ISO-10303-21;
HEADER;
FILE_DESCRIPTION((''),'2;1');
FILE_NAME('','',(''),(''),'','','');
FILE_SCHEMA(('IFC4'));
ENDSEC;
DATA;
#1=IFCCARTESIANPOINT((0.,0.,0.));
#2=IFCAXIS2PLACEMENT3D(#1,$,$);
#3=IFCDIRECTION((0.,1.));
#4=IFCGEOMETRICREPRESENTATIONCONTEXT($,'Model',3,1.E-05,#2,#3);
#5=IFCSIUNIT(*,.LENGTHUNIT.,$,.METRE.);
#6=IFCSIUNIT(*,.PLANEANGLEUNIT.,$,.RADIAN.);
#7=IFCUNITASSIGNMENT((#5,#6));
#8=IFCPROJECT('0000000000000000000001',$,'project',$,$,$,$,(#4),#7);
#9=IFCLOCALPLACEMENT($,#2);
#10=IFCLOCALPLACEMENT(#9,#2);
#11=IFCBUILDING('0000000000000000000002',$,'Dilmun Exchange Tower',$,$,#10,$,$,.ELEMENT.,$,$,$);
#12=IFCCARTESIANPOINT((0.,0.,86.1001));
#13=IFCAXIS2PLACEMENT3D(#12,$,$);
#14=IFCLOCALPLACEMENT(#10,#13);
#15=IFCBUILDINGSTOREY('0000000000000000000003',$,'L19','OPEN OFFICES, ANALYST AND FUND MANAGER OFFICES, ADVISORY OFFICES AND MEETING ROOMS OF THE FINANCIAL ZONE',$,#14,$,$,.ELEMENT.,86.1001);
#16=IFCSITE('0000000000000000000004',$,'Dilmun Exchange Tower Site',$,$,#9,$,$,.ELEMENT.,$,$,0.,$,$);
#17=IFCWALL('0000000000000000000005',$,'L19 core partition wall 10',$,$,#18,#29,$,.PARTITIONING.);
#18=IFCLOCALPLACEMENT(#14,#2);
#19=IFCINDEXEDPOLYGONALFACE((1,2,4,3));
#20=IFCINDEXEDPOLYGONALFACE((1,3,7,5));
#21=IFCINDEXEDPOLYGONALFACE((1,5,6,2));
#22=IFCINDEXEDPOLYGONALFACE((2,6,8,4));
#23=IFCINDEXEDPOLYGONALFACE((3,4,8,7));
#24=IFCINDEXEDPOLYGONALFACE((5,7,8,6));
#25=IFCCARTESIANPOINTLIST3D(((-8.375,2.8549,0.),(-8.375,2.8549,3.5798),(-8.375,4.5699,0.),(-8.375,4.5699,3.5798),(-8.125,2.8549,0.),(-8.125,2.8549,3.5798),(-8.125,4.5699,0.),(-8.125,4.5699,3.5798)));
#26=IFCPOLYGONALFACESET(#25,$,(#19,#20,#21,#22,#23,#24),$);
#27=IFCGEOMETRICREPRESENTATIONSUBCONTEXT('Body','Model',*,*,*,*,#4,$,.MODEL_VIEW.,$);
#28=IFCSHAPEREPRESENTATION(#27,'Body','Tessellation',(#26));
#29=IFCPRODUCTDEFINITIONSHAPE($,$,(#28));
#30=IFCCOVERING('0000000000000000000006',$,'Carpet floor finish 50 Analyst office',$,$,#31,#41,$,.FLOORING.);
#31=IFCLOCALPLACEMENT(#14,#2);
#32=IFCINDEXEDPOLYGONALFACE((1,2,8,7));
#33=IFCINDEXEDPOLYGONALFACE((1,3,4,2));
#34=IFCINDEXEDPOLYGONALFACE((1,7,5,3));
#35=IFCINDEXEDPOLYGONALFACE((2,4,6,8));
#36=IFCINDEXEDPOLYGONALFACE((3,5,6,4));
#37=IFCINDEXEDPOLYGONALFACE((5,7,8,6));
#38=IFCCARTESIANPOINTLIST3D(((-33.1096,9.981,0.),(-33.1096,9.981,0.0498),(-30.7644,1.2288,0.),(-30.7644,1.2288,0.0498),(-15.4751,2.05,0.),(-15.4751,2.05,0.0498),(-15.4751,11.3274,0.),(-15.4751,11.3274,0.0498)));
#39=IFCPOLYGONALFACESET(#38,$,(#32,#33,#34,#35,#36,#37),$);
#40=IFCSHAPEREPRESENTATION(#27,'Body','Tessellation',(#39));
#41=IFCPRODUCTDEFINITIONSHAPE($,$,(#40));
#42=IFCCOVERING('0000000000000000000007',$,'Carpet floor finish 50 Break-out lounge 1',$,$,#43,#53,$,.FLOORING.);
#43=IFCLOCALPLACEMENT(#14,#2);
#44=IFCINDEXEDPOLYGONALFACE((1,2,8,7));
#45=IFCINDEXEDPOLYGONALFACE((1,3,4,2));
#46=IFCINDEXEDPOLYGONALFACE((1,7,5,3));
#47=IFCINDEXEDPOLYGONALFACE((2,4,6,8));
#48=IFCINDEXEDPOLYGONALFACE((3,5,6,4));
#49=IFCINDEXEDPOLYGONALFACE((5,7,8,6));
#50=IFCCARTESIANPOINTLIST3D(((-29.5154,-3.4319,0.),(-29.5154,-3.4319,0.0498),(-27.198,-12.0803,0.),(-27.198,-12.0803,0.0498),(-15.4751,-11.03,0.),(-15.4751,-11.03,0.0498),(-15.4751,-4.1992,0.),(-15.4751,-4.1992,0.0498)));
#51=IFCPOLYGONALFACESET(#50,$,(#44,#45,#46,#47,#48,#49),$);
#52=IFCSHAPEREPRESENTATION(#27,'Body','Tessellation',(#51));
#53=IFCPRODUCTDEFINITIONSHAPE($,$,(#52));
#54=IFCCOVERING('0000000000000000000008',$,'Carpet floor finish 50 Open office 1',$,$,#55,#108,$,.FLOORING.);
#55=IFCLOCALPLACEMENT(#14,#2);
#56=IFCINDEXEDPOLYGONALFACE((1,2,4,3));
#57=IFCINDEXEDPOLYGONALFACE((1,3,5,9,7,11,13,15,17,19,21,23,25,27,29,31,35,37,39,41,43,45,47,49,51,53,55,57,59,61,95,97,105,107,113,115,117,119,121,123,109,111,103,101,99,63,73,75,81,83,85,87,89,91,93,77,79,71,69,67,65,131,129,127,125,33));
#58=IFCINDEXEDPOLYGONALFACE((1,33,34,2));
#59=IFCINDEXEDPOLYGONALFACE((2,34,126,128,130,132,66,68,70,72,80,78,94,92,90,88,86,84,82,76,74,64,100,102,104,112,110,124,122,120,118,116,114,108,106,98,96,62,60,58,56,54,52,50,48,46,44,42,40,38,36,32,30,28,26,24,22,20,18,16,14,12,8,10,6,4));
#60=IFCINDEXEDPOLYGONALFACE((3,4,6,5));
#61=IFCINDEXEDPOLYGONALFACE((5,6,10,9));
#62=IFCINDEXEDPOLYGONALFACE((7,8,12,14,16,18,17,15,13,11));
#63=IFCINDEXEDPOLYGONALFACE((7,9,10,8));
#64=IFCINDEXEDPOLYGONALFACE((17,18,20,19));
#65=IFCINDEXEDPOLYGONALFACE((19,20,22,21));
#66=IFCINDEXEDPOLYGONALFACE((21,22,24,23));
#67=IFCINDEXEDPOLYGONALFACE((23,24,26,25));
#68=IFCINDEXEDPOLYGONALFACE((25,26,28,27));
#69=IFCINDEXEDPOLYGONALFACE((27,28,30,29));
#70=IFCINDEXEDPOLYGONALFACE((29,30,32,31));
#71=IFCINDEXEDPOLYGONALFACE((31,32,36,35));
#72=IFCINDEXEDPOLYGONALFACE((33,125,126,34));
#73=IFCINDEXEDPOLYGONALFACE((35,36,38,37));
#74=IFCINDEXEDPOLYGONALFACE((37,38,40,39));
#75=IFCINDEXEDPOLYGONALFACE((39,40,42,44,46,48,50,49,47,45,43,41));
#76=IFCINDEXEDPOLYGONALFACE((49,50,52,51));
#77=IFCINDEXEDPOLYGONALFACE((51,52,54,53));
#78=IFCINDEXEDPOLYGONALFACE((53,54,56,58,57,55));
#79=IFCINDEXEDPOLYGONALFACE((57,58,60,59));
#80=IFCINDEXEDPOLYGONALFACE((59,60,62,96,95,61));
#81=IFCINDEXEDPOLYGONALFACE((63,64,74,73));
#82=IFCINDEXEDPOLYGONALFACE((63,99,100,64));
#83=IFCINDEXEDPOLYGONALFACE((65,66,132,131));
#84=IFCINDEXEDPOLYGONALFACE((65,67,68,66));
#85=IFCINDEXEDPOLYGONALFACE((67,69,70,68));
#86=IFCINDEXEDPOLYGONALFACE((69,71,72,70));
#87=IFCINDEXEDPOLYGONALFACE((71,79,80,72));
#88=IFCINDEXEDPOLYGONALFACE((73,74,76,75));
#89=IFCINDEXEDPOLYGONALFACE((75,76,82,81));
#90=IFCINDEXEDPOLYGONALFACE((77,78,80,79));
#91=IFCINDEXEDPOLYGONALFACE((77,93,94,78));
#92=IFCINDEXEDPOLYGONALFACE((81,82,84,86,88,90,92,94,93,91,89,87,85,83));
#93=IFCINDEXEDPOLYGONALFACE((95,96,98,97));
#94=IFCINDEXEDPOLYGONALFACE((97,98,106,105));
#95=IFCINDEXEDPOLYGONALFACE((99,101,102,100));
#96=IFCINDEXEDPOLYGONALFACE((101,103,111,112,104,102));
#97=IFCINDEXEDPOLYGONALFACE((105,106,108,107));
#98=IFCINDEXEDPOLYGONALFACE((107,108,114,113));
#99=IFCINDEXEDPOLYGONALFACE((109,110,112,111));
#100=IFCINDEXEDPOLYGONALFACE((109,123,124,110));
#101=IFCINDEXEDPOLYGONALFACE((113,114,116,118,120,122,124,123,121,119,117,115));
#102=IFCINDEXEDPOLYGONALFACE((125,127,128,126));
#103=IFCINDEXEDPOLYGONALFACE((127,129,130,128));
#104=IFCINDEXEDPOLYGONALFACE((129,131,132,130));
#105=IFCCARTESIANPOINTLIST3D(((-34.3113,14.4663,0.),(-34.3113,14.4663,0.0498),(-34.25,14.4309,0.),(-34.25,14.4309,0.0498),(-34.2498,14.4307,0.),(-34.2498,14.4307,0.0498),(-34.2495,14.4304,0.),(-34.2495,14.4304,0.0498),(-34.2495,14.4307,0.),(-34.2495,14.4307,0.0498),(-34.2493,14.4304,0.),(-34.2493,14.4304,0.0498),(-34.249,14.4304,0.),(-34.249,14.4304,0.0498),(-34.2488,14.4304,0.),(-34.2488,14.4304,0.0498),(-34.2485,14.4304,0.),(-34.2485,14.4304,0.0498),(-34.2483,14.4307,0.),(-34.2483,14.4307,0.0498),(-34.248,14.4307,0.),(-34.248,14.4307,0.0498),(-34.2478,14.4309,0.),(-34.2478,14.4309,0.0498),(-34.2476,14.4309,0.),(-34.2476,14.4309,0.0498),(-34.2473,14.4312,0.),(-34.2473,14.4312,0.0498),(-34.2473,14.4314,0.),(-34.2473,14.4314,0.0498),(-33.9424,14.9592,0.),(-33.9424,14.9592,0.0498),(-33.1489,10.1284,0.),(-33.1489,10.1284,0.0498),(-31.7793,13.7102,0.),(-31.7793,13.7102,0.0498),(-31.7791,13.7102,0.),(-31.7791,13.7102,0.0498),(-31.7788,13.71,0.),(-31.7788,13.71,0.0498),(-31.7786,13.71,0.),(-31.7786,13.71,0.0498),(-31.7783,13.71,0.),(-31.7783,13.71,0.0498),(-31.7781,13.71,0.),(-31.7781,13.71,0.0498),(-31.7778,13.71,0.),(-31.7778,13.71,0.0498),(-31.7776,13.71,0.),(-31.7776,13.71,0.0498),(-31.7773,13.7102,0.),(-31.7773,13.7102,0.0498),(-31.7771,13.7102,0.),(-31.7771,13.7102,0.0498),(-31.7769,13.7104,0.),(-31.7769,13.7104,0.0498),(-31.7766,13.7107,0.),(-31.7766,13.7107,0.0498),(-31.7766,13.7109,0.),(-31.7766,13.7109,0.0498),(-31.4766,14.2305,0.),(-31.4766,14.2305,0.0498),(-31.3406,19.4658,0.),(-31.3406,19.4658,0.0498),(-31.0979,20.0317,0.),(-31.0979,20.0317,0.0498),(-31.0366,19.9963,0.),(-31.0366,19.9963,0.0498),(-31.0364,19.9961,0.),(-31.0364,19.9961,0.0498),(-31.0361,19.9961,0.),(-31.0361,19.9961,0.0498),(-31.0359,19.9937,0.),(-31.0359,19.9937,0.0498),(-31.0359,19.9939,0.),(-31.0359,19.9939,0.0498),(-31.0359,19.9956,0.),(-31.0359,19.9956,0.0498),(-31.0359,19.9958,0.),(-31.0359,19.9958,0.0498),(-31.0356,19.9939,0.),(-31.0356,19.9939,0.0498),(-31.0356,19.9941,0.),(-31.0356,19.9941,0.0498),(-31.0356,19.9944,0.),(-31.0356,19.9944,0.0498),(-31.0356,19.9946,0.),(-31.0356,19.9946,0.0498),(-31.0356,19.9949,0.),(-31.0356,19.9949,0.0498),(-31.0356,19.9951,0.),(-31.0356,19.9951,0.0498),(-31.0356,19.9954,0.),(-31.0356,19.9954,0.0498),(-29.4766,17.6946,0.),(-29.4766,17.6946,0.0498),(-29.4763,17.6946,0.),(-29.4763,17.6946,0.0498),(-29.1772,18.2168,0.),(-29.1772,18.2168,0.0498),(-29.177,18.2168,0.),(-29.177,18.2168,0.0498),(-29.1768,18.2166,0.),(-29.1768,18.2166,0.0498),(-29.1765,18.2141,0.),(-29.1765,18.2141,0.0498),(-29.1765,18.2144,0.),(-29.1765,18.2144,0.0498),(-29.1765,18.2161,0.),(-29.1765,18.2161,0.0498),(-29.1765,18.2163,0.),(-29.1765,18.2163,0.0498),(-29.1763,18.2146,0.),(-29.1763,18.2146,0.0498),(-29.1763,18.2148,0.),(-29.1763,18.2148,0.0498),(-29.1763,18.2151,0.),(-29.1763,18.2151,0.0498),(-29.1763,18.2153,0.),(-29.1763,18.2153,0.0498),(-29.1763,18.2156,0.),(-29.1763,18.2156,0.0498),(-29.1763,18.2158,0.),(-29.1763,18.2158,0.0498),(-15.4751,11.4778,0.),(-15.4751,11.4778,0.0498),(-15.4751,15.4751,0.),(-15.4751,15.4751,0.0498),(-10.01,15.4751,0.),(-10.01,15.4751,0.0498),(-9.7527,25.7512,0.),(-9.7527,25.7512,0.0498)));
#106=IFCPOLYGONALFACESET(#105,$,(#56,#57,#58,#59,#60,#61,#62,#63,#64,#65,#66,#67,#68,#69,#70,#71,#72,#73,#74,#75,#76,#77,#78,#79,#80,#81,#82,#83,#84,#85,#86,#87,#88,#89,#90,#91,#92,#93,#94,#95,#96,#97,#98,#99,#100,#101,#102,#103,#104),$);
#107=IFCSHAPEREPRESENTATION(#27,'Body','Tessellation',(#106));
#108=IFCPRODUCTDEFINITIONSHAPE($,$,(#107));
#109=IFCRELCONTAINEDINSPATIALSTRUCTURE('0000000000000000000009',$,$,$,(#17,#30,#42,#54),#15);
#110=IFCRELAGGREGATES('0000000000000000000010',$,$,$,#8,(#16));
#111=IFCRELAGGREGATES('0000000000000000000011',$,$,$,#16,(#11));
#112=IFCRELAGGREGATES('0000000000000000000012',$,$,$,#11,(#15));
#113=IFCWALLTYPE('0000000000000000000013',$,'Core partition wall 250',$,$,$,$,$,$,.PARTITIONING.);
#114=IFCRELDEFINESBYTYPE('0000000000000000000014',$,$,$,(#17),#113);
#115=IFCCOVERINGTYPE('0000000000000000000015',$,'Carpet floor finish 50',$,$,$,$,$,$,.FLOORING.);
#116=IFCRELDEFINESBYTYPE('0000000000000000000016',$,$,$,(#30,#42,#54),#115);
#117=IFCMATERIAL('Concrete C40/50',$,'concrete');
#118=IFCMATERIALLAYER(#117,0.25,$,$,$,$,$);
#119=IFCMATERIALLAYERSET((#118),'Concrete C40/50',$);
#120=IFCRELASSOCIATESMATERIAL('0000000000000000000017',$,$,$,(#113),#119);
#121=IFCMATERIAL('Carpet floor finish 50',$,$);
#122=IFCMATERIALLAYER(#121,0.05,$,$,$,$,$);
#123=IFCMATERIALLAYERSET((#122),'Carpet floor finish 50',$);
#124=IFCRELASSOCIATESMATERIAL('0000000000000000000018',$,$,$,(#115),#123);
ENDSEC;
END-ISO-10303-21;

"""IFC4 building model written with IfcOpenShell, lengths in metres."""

from ifc_helpers import new_model, si_unit, direction, frame, frame_2d, origin, place, context, subcontext, project, spatial, polyline, rectangle, outline, extrude, material, layer, layer_set, type_object, element, save


model = new_model("IFC4")

# Units and contexts
model_context = context("Model", 3, precision=1e-05, world=origin(), true_north=direction((0.0, 1.0)))
body_context = subcontext(model_context, "Body", "Model", "MODEL_VIEW")
ifc_project = project(units=[si_unit("LENGTHUNIT", "METRE"), si_unit("PLANEANGLEUNIT", "RADIAN")], contexts=[model_context])

# Site, building, storey
site_placement = place(None, origin())
site = spatial("IfcSite", under=ifc_project, at=site_placement, Name="Dilmun Exchange Tower Site", CompositionType="ELEMENT", RefElevation=0.0)
building_placement = place(site_placement, origin())
building = spatial("IfcBuilding", under=site, at=building_placement, Name="Dilmun Exchange Tower", CompositionType="ELEMENT")
storey_placement = place(building_placement, frame((0.0, 0.0, 86.1001)))
storey = spatial("IfcBuildingStorey", under=building, at=storey_placement, Name="L19", Description="OPEN OFFICES, ANALYST AND FUND MANAGER OFFICES, ADVISORY OFFICES AND MEETING ROOMS OF THE FINANCIAL ZONE", CompositionType="ELEMENT", Elevation=86.1001)

# Wall
ifc_material_1 = material(Name="Concrete C40/50", Category="concrete")
ifc_layer_1 = layer(ifc_material_1, 0.25)
ifc_layer_set_1 = layer_set([ifc_layer_1], Name="Concrete C40/50")
wall_type = type_object("IfcWallType", Name="Core partition wall 250", PredefinedType="PARTITIONING", material=ifc_layer_set_1)
wall_placement = place(storey_placement, frame((-8.25, 2.855, 0.0), z_axis=(0.0, 0.0, 1.0), x_axis=(0.0, 1.0, 0.0)))
element("IfcWall", 1, at=wall_placement, inside=storey, type_object=wall_type, Name="L19 core partition wall 10", PredefinedType="PARTITIONING", context=body_context, shape_type="SweptSolid", body=[
    extrude(rectangle(XDim=1.7151, YDim=0.25, at=frame_2d((0.8574, 0.0))), origin(), (0.0, 0.0, 1.0), 3.5798),
])

# Coverings
ifc_material_2 = material(Name="Carpet floor finish 50")
ifc_layer_2 = layer(ifc_material_2, 0.05)
ifc_layer_set_2 = layer_set([ifc_layer_2], Name="Carpet floor finish 50")
covering_type_1 = type_object("IfcCoveringType", Name="Carpet floor finish 50", PredefinedType="FLOORING", material=ifc_layer_set_2)
covering_1_placement = place(storey_placement, origin())
element("IfcCovering", 2, at=covering_1_placement, inside=storey, type_object=covering_type_1, Name="Carpet floor finish 50 Analyst office", PredefinedType="FLOORING", context=body_context, shape_type="SweptSolid", body=[
    extrude(outline(polyline([(-15.4751, 11.3274), (-15.4751, 2.05), (-30.7644, 1.2288), (-33.1096, 9.981), (-15.4751, 11.3274)])), origin(), (0.0, 0.0, 1.0), 0.0498),
])
covering_2_placement = place(storey_placement, origin())
element("IfcCovering", 3, at=covering_2_placement, inside=storey, type_object=covering_type_1, Name="Carpet floor finish 50 Break-out lounge 1", PredefinedType="FLOORING", context=body_context, shape_type="SweptSolid", body=[
    extrude(outline(polyline([(-15.4751, -4.1992), (-15.4751, -11.03), (-27.198, -12.0803), (-29.5154, -3.4319), (-15.4751, -4.1992)])), origin(), (0.0, 0.0, 1.0), 0.0498),
])
covering_3_placement = place(storey_placement, origin())
element("IfcCovering", 4, at=covering_3_placement, inside=storey, type_object=covering_type_1, Name="Carpet floor finish 50 Open office 1", PredefinedType="FLOORING", context=body_context, shape_type="SweptSolid", body=[
    extrude(outline(polyline([(-10.01, 15.4751), (-15.4751, 15.4751), (-15.4751, 11.4778), (-33.1489, 10.1284), (-34.3113, 14.4663), (-34.25, 14.4309), (-34.2498, 14.4307), (-34.2495, 14.4307), (-34.2495, 14.4304), (-34.2493, 14.4304), (-34.249, 14.4304), (-34.2488, 14.4304), (-34.2485, 14.4304), (-34.2483, 14.4307), (-34.2483, 14.4307), (-34.248, 14.4307), (-34.2478, 14.4309), (-34.2478, 14.4309), (-34.2476, 14.4309), (-34.2473, 14.4312), (-34.2473, 14.4314), (-34.2473, 14.4314), (-33.9424, 14.9592), (-31.7793, 13.7102), (-31.7791, 13.7102), (-31.7788, 13.71), (-31.7788, 13.71), (-31.7786, 13.71), (-31.7783, 13.71), (-31.7781, 13.71), (-31.7778, 13.71), (-31.7776, 13.71), (-31.7776, 13.71), (-31.7773, 13.7102), (-31.7771, 13.7102), (-31.7771, 13.7102), (-31.7769, 13.7104), (-31.7766, 13.7107), (-31.7766, 13.7107), (-31.7766, 13.7109), (-31.4766, 14.2305), (-29.4766, 17.6946), (-29.4763, 17.6946), (-29.1765, 18.2141), (-29.1765, 18.2144), (-29.1763, 18.2146), (-29.1763, 18.2148), (-29.1763, 18.2148), (-29.1763, 18.2151), (-29.1763, 18.2153), (-29.1763, 18.2156), (-29.1763, 18.2158), (-29.1763, 18.2158), (-29.1765, 18.2161), (-29.1765, 18.2163), (-29.1765, 18.2163), (-29.1768, 18.2166), (-29.177, 18.2168), (-29.177, 18.2168), (-29.1772, 18.2168), (-31.3406, 19.4658), (-31.0359, 19.9937), (-31.0359, 19.9939), (-31.0356, 19.9939), (-31.0356, 19.9941), (-31.0356, 19.9944), (-31.0356, 19.9944), (-31.0356, 19.9946), (-31.0356, 19.9949), (-31.0356, 19.9951), (-31.0356, 19.9954), (-31.0359, 19.9956), (-31.0359, 19.9956), (-31.0359, 19.9958), (-31.0361, 19.9961), (-31.0364, 19.9961), (-31.0364, 19.9961), (-31.0366, 19.9963), (-31.0979, 20.0317), (-9.7527, 25.7512), (-10.01, 15.4751)])), origin(), (0.0, 0.0, 1.0), 0.0498),
])

save(model, "model.ifc")
